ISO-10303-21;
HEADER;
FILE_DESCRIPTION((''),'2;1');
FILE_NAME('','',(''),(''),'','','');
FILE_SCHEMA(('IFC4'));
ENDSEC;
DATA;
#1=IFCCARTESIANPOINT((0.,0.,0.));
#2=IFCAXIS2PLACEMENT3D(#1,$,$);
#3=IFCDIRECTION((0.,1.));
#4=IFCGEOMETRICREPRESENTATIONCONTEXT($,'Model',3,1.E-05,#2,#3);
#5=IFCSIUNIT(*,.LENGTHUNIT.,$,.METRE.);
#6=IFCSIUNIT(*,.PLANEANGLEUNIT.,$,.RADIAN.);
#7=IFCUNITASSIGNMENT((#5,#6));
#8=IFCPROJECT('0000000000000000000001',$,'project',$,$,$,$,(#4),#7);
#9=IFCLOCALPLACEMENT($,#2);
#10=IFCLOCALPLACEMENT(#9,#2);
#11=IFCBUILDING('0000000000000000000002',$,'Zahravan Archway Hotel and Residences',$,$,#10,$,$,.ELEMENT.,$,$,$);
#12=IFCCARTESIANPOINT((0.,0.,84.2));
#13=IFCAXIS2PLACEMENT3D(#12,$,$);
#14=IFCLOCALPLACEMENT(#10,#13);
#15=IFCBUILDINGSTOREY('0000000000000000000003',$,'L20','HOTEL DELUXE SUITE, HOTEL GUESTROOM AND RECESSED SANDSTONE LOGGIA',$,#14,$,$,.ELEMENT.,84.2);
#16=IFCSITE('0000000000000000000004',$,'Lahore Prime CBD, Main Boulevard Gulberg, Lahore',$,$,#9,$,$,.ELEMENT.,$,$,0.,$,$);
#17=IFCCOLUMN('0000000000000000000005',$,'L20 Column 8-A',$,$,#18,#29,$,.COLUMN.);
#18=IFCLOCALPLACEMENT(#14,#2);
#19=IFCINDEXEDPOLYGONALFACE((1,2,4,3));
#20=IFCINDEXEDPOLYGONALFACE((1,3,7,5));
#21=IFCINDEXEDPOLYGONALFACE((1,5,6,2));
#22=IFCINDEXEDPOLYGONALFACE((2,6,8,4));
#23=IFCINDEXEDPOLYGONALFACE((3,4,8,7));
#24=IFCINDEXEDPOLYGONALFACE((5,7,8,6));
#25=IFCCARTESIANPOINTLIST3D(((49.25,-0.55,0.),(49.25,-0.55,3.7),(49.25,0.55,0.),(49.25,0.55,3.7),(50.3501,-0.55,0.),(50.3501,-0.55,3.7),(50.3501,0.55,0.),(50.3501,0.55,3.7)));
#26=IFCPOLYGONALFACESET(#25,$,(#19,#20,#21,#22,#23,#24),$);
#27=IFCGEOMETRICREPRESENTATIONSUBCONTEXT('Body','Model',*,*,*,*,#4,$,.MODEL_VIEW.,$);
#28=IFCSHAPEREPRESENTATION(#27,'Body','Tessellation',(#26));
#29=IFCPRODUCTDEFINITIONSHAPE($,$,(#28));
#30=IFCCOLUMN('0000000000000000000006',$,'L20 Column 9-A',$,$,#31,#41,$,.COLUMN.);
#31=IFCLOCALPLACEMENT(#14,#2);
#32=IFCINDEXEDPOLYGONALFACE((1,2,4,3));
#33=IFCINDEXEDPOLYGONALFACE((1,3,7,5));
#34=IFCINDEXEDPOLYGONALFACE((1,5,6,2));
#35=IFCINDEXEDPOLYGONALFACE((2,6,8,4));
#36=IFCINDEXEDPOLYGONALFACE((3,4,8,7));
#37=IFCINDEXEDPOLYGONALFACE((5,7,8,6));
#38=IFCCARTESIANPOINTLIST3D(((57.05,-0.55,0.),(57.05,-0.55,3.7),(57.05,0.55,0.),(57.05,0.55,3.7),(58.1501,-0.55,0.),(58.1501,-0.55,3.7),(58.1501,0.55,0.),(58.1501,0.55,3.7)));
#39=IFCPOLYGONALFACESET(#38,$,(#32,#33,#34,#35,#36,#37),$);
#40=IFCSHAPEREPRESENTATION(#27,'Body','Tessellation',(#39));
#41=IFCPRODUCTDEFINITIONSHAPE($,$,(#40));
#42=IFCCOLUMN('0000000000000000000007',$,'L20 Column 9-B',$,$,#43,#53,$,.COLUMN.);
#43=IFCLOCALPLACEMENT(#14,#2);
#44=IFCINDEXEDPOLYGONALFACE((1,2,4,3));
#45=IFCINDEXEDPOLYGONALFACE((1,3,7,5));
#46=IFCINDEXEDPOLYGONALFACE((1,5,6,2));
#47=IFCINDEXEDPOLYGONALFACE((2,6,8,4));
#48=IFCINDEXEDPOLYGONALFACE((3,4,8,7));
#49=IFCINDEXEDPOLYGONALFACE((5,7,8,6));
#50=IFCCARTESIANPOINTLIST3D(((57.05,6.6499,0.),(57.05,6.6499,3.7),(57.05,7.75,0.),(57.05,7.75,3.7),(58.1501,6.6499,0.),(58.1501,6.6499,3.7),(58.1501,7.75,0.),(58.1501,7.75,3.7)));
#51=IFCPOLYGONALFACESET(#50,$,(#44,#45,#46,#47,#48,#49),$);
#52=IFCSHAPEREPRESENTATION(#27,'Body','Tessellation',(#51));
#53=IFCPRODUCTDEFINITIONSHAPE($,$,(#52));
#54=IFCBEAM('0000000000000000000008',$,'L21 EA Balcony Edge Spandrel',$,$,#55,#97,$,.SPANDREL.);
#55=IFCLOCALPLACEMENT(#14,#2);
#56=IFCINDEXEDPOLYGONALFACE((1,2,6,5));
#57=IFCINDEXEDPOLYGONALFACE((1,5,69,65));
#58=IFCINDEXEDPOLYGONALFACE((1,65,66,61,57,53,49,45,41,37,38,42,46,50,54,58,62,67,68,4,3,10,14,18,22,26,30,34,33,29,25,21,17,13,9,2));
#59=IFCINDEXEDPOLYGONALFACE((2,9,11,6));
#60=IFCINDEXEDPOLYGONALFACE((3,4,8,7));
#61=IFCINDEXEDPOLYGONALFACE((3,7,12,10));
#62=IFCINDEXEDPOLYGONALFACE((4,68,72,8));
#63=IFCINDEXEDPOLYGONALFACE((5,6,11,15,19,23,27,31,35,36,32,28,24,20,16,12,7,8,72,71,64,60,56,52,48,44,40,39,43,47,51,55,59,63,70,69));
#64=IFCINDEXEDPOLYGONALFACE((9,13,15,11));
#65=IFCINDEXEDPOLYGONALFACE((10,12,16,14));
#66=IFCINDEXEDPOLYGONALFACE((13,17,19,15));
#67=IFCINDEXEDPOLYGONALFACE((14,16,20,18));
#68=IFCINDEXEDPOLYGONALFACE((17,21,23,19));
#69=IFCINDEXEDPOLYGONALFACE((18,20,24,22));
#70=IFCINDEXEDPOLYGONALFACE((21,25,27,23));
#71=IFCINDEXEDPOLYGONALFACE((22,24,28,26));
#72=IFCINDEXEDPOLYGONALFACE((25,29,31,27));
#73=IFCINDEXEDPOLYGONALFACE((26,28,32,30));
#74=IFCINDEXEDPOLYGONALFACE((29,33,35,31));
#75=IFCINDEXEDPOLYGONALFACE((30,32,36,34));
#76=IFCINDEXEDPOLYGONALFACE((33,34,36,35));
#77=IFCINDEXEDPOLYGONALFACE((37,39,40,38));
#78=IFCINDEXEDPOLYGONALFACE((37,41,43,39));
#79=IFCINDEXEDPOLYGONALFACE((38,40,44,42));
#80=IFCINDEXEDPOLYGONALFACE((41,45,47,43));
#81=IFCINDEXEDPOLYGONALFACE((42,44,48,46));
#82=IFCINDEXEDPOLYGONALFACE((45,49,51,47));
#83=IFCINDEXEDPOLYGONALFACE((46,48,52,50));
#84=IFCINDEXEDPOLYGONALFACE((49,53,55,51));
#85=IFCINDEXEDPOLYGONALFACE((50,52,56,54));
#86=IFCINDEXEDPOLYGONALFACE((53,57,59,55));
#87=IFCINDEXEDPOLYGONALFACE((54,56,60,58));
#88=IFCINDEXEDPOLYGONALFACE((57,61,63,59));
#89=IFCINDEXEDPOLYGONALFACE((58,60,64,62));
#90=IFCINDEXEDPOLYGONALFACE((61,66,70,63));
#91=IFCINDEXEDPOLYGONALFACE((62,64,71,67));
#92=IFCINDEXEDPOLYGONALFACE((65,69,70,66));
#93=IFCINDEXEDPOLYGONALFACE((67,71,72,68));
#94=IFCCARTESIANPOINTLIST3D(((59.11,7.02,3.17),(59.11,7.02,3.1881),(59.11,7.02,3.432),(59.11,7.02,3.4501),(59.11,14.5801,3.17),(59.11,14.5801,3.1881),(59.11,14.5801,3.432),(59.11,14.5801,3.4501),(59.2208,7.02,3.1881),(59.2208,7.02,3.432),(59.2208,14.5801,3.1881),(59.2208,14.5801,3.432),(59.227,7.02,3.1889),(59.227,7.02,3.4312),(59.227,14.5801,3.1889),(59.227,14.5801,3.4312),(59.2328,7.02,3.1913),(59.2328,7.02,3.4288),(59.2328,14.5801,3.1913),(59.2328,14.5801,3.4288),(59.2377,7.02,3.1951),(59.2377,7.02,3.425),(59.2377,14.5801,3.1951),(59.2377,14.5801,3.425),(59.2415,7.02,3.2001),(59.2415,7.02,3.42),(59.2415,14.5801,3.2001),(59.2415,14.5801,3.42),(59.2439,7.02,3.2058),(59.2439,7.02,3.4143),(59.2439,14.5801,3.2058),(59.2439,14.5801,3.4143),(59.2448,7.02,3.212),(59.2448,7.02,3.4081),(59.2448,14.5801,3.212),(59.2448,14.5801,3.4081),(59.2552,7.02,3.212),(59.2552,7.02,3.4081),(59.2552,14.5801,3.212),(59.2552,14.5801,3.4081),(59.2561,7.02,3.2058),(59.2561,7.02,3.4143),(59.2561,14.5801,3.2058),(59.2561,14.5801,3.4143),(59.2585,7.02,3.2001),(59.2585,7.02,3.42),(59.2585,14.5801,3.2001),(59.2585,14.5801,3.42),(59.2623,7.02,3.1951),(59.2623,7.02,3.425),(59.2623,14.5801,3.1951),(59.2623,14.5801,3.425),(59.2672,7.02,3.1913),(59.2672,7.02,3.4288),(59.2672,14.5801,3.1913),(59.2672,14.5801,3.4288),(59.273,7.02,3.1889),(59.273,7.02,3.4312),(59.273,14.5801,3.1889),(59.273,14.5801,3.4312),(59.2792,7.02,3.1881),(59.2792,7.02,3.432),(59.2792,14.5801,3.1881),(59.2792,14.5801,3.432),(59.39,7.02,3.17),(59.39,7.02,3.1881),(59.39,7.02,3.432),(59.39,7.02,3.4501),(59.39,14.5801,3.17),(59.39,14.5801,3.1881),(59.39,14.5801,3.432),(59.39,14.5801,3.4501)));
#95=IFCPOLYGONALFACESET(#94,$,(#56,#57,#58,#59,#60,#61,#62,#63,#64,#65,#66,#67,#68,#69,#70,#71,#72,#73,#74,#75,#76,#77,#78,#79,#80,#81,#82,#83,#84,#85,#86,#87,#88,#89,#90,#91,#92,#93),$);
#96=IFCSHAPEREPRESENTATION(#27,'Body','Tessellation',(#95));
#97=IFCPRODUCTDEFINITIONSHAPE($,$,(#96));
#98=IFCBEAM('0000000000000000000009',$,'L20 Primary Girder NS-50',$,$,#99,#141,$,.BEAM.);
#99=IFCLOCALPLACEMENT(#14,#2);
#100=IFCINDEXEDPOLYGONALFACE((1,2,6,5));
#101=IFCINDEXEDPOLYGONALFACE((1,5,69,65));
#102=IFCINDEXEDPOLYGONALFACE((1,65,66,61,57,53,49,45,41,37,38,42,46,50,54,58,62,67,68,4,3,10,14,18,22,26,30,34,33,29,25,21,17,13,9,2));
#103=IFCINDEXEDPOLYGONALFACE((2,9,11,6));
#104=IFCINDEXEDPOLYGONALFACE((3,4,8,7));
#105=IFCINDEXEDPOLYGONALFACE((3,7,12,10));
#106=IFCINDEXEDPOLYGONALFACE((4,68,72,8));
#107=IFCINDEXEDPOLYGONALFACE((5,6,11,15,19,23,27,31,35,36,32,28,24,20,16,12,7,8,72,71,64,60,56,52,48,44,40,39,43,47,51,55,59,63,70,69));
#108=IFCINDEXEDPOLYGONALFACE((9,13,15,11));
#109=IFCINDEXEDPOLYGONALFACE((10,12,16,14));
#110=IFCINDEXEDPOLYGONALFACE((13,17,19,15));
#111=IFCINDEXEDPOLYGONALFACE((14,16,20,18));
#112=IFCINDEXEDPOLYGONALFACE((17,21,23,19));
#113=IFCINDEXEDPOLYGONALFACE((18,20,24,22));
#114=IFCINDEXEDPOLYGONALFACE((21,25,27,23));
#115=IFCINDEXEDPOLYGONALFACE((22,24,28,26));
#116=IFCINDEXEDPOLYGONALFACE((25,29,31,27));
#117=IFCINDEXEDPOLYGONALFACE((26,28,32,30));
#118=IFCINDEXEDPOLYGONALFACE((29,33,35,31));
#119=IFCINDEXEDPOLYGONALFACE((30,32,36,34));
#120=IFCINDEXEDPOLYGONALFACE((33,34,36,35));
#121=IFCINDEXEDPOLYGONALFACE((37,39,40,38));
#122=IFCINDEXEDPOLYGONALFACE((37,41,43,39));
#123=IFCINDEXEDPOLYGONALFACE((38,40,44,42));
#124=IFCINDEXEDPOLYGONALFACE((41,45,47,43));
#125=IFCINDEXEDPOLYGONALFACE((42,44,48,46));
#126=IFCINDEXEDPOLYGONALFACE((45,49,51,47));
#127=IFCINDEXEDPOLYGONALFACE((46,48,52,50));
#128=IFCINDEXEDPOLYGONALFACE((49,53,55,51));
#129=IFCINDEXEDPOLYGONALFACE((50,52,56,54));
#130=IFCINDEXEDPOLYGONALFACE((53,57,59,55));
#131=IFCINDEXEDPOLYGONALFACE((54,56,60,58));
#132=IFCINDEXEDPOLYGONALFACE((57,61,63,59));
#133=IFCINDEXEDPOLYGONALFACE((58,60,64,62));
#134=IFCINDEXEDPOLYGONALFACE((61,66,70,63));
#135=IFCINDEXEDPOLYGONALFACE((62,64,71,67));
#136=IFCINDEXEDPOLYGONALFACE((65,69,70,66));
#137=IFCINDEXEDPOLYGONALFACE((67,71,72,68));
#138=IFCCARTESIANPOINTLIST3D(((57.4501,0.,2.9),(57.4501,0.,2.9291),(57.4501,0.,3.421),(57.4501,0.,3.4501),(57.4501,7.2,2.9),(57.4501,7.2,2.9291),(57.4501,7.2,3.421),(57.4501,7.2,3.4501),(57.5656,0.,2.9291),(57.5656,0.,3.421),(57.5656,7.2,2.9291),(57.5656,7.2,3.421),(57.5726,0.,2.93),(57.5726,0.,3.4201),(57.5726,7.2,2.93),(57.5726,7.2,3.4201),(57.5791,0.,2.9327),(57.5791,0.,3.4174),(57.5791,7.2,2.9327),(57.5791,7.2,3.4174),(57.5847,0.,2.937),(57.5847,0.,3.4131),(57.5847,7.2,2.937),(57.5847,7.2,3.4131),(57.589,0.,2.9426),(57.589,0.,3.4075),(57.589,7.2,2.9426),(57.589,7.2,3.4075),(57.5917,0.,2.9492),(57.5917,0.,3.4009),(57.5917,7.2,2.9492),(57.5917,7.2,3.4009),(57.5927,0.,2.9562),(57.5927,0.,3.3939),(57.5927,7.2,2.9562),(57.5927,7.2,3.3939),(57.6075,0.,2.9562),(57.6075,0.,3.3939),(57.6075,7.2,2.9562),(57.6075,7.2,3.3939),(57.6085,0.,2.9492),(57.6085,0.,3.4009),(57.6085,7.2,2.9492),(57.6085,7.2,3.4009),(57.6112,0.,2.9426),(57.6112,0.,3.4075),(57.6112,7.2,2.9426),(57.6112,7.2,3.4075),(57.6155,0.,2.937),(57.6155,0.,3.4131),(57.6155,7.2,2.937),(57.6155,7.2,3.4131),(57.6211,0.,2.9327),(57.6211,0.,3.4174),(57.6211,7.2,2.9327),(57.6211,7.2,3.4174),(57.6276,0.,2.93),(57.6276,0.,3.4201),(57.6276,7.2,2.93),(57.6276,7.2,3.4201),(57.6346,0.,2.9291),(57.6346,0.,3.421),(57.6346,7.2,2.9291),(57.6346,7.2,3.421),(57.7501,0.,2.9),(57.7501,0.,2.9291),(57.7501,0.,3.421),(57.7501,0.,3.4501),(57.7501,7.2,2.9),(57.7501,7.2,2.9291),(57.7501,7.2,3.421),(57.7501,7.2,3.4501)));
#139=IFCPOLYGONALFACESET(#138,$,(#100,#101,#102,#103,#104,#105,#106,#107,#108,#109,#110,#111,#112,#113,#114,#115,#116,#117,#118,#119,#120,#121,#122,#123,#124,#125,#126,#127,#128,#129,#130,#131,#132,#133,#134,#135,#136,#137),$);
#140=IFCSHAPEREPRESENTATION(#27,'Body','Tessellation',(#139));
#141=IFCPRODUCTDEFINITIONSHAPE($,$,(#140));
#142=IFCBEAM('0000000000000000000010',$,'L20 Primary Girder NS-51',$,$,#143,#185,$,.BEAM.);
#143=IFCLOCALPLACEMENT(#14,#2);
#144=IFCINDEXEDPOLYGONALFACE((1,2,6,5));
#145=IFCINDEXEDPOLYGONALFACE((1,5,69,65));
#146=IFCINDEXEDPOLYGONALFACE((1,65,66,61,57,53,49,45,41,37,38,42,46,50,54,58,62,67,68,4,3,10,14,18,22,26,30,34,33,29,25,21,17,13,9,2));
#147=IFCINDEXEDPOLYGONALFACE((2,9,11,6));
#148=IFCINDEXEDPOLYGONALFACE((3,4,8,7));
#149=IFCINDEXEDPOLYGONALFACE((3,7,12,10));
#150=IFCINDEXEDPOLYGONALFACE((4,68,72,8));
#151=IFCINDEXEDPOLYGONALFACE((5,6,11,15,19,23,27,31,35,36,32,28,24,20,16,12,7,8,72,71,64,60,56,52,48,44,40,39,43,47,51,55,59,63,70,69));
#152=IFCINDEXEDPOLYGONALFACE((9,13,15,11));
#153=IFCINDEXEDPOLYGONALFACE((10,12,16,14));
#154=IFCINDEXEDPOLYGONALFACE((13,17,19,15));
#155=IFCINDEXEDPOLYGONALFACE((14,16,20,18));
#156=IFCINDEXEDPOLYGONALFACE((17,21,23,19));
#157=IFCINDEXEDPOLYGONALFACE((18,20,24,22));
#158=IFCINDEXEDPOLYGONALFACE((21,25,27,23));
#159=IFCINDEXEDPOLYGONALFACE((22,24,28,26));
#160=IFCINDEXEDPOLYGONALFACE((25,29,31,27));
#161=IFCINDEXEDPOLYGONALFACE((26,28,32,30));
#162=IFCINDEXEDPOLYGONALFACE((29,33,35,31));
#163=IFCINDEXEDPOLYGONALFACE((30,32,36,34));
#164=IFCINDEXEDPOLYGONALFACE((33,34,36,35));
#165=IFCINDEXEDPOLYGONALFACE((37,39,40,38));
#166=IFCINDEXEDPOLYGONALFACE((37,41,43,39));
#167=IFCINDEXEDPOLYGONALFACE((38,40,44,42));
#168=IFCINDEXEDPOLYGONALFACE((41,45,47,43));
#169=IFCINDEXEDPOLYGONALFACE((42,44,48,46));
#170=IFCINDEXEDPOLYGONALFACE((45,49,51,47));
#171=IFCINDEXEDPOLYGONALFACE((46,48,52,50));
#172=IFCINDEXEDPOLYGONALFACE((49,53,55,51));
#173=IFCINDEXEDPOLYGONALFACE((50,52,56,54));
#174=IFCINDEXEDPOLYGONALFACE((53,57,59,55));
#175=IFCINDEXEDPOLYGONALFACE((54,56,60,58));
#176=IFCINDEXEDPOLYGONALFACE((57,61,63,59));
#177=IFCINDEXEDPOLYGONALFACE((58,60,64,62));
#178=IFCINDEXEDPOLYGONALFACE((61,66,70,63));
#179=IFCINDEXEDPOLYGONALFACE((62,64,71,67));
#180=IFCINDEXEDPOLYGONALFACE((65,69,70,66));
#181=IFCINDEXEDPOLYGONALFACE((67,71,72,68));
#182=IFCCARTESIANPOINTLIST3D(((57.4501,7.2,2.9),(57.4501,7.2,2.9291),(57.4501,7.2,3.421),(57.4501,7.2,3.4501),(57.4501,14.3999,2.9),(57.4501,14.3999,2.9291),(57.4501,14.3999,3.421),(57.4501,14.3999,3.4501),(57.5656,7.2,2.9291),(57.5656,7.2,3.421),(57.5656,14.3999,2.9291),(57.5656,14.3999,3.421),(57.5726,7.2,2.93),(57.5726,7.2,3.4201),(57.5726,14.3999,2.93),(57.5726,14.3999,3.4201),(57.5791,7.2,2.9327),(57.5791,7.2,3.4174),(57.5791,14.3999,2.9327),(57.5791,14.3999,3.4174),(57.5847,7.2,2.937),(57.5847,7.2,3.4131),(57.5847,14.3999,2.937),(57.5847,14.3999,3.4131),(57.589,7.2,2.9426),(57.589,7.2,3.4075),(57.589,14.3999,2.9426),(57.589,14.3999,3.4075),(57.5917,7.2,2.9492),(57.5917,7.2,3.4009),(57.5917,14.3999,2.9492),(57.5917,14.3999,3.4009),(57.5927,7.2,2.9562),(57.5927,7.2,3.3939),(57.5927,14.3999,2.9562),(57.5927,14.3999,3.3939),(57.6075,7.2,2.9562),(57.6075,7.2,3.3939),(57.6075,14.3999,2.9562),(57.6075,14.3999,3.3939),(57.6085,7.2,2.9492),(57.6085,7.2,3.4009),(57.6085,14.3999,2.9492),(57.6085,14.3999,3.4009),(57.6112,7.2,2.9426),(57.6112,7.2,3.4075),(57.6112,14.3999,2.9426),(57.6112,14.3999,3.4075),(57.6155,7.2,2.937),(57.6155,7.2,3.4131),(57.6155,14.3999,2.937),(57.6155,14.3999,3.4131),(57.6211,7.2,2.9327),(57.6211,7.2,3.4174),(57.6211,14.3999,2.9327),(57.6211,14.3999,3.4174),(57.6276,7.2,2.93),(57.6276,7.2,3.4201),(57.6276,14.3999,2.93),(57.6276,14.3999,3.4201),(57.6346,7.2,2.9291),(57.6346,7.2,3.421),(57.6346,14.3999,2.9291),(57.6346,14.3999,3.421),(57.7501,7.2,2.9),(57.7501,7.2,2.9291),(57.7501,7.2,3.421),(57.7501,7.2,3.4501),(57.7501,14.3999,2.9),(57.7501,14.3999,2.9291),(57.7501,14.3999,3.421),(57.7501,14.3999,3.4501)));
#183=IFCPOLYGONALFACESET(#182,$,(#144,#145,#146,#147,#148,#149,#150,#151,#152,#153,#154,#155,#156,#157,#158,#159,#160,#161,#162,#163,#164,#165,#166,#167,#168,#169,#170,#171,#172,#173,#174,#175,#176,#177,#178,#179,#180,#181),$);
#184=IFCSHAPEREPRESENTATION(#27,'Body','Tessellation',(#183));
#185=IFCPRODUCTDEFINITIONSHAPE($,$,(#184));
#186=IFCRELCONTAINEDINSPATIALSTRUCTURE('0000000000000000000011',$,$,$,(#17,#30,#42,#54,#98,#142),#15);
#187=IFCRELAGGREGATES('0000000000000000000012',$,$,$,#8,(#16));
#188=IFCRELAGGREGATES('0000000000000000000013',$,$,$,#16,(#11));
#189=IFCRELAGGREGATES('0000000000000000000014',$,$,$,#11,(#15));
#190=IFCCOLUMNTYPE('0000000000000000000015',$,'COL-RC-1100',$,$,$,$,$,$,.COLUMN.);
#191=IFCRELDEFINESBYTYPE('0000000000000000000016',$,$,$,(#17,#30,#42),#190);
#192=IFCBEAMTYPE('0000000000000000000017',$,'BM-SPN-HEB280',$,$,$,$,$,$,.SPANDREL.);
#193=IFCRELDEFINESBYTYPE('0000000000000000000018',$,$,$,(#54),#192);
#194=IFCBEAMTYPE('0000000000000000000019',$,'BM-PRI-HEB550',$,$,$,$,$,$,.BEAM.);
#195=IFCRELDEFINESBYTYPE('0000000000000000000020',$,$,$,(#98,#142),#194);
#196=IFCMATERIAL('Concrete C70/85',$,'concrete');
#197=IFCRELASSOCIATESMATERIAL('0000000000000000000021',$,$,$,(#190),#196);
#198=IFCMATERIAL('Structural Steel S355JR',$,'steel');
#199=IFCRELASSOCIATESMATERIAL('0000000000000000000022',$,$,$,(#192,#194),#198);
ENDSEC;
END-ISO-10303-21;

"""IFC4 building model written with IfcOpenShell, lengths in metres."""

from ifc_helpers import new_model, si_unit, direction, frame, origin, origin_2d, place, context, subcontext, project, spatial, rectangle, i_section, extrude, source, transform, mapped, material, material_profile, profile_set, type_object, type_shapes, element, save


model = new_model("IFC4")

# Units and contexts
model_context = context("Model", 3, precision=1e-05, world=origin(), true_north=direction((0.0, 1.0)))
body_context = subcontext(model_context, "Body", "Model", "MODEL_VIEW")
ifc_project = project(units=[si_unit("LENGTHUNIT", "METRE"), si_unit("PLANEANGLEUNIT", "RADIAN")], contexts=[model_context])

# Site, building, storey
site_placement = place(None, origin())
site = spatial("IfcSite", under=ifc_project, at=site_placement, Name="Lahore Prime CBD, Main Boulevard Gulberg, Lahore", CompositionType="ELEMENT", RefElevation=0.0)
building_placement = place(site_placement, origin())
building = spatial("IfcBuilding", under=site, at=building_placement, Name="Zahravan Archway Hotel and Residences", CompositionType="ELEMENT")
storey_placement = place(building_placement, frame((0.0, 0.0, 84.2)))
storey = spatial("IfcBuildingStorey", under=building, at=storey_placement, Name="L20", Description="HOTEL DELUXE SUITE, HOTEL GUESTROOM AND RECESSED SANDSTONE LOGGIA", CompositionType="ELEMENT", Elevation=84.2)

# Columns
ifc_material_1 = material(Name="Concrete C70/85", Category="concrete")
ifc_material_profile_1 = material_profile(ifc_material_1, rectangle(XDim=1.1001, YDim=1.1001, at=origin_2d()), Name="RC 1100x1100", Category="concrete")
ifc_profile_set_1 = profile_set([ifc_material_profile_1], Name="Concrete C70/85")
column_type = type_object("IfcColumnType", Name="COL-RC-1100", PredefinedType="COLUMN", material=ifc_profile_set_1)
shared_shape_1 = source(origin(), body_context, "Body", "SweptSolid", [
    extrude(rectangle(XDim=1.1001, YDim=1.1001, at=origin_2d()), origin(), (0.0, 0.0, 1.0), 3.7),
])
for number, where, z_axis, x_axis, name in (
    (1, (49.8, 0.0, 0.0), (0.0, 0.0, 1.0), (1.0, 0.0, 0.0), "L20 Column 8-A"),
    (2, (57.6001, 0.0, 0.0), (0.0, 0.0, 1.0), (1.0, 0.0, 0.0), "L20 Column 9-A"),
    (3, (57.6001, 7.2, 0.0), (0.0, 0.0, 1.0), (1.0, 0.0, 0.0), "L20 Column 9-B"),
):
    element("IfcColumn", number, at=place(storey_placement, frame(where, z_axis=z_axis, x_axis=x_axis)), inside=storey, type_object=column_type, Name=name, PredefinedType="COLUMN", context=body_context, shape_type="MappedRepresentation", body=[
        mapped(shared_shape_1, transform((0.0, 0.0, 0.0), scale=1.0)),
    ])

# Beams
ifc_material_2 = material(Name="Structural Steel S355JR", Category="steel")
ifc_material_profile_2 = material_profile(ifc_material_2, i_section(OverallWidth=0.28, OverallDepth=0.28, WebThickness=0.0105, FlangeThickness=0.0181, FilletRadius=0.0239, at=origin_2d()), Name="HEB 280", Category="steel")
ifc_profile_set_2 = profile_set([ifc_material_profile_2], Name="Structural Steel S355JR")
beam_type_1 = type_object("IfcBeamType", Name="BM-SPN-HEB280", PredefinedType="SPANDREL", material=ifc_profile_set_2)
shared_shape_2 = source(origin(), body_context, "Body", "SweptSolid", [
    extrude(i_section(OverallWidth=0.28, OverallDepth=0.28, WebThickness=0.0105, FlangeThickness=0.0181, FilletRadius=0.0239, at=origin_2d()), origin(), (0.0, 0.0, 1.0), 7.5601),
])
type_shapes(beam_type_1, [shared_shape_2])
beam_1_placement = place(storey_placement, frame((59.25, 7.02, 3.3101), z_axis=(0.0, 1.0, 0.0), x_axis=(-1.0, 0.0, 0.0)))
element("IfcBeam", 4, at=beam_1_placement, inside=storey, type_object=beam_type_1, Name="L21 EA Balcony Edge Spandrel", PredefinedType="SPANDREL", context=body_context, shape_type="MappedRepresentation", body=[
    mapped(shared_shape_2, transform((0.0, 0.0, 0.0), scale=1.0)),
])
ifc_material_profile_3 = material_profile(ifc_material_2, i_section(OverallWidth=0.3, OverallDepth=0.55, WebThickness=0.0149, FlangeThickness=0.0291, FilletRadius=0.0271, at=origin_2d()), Name="HEB 550", Category="steel")
ifc_profile_set_3 = profile_set([ifc_material_profile_3], Name="Structural Steel S355JR")
beam_type_2 = type_object("IfcBeamType", Name="BM-PRI-HEB550", PredefinedType="BEAM", material=ifc_profile_set_3)
shared_shape_3 = source(origin(), body_context, "Body", "SweptSolid", [
    extrude(i_section(OverallWidth=0.3, OverallDepth=0.55, WebThickness=0.0149, FlangeThickness=0.0291, FilletRadius=0.0271, at=origin_2d()), origin(), (0.0, 0.0, 1.0), 7.2),
])
for number, where, z_axis, x_axis, name in (
    (5, (57.6001, 0.0, 3.175), (0.0, 1.0, 0.0), (-1.0, 0.0, 0.0), "L20 Primary Girder NS-50"),
    (6, (57.6001, 7.2, 3.175), (0.0, 1.0, 0.0), (-1.0, 0.0, 0.0), "L20 Primary Girder NS-51"),
):
    element("IfcBeam", number, at=place(storey_placement, frame(where, z_axis=z_axis, x_axis=x_axis)), inside=storey, type_object=beam_type_2, Name=name, PredefinedType="BEAM", context=body_context, shape_type="MappedRepresentation", body=[
        mapped(shared_shape_3, transform((0.0, 0.0, 0.0), scale=1.0)),
    ])

save(model, "model.ifc")
